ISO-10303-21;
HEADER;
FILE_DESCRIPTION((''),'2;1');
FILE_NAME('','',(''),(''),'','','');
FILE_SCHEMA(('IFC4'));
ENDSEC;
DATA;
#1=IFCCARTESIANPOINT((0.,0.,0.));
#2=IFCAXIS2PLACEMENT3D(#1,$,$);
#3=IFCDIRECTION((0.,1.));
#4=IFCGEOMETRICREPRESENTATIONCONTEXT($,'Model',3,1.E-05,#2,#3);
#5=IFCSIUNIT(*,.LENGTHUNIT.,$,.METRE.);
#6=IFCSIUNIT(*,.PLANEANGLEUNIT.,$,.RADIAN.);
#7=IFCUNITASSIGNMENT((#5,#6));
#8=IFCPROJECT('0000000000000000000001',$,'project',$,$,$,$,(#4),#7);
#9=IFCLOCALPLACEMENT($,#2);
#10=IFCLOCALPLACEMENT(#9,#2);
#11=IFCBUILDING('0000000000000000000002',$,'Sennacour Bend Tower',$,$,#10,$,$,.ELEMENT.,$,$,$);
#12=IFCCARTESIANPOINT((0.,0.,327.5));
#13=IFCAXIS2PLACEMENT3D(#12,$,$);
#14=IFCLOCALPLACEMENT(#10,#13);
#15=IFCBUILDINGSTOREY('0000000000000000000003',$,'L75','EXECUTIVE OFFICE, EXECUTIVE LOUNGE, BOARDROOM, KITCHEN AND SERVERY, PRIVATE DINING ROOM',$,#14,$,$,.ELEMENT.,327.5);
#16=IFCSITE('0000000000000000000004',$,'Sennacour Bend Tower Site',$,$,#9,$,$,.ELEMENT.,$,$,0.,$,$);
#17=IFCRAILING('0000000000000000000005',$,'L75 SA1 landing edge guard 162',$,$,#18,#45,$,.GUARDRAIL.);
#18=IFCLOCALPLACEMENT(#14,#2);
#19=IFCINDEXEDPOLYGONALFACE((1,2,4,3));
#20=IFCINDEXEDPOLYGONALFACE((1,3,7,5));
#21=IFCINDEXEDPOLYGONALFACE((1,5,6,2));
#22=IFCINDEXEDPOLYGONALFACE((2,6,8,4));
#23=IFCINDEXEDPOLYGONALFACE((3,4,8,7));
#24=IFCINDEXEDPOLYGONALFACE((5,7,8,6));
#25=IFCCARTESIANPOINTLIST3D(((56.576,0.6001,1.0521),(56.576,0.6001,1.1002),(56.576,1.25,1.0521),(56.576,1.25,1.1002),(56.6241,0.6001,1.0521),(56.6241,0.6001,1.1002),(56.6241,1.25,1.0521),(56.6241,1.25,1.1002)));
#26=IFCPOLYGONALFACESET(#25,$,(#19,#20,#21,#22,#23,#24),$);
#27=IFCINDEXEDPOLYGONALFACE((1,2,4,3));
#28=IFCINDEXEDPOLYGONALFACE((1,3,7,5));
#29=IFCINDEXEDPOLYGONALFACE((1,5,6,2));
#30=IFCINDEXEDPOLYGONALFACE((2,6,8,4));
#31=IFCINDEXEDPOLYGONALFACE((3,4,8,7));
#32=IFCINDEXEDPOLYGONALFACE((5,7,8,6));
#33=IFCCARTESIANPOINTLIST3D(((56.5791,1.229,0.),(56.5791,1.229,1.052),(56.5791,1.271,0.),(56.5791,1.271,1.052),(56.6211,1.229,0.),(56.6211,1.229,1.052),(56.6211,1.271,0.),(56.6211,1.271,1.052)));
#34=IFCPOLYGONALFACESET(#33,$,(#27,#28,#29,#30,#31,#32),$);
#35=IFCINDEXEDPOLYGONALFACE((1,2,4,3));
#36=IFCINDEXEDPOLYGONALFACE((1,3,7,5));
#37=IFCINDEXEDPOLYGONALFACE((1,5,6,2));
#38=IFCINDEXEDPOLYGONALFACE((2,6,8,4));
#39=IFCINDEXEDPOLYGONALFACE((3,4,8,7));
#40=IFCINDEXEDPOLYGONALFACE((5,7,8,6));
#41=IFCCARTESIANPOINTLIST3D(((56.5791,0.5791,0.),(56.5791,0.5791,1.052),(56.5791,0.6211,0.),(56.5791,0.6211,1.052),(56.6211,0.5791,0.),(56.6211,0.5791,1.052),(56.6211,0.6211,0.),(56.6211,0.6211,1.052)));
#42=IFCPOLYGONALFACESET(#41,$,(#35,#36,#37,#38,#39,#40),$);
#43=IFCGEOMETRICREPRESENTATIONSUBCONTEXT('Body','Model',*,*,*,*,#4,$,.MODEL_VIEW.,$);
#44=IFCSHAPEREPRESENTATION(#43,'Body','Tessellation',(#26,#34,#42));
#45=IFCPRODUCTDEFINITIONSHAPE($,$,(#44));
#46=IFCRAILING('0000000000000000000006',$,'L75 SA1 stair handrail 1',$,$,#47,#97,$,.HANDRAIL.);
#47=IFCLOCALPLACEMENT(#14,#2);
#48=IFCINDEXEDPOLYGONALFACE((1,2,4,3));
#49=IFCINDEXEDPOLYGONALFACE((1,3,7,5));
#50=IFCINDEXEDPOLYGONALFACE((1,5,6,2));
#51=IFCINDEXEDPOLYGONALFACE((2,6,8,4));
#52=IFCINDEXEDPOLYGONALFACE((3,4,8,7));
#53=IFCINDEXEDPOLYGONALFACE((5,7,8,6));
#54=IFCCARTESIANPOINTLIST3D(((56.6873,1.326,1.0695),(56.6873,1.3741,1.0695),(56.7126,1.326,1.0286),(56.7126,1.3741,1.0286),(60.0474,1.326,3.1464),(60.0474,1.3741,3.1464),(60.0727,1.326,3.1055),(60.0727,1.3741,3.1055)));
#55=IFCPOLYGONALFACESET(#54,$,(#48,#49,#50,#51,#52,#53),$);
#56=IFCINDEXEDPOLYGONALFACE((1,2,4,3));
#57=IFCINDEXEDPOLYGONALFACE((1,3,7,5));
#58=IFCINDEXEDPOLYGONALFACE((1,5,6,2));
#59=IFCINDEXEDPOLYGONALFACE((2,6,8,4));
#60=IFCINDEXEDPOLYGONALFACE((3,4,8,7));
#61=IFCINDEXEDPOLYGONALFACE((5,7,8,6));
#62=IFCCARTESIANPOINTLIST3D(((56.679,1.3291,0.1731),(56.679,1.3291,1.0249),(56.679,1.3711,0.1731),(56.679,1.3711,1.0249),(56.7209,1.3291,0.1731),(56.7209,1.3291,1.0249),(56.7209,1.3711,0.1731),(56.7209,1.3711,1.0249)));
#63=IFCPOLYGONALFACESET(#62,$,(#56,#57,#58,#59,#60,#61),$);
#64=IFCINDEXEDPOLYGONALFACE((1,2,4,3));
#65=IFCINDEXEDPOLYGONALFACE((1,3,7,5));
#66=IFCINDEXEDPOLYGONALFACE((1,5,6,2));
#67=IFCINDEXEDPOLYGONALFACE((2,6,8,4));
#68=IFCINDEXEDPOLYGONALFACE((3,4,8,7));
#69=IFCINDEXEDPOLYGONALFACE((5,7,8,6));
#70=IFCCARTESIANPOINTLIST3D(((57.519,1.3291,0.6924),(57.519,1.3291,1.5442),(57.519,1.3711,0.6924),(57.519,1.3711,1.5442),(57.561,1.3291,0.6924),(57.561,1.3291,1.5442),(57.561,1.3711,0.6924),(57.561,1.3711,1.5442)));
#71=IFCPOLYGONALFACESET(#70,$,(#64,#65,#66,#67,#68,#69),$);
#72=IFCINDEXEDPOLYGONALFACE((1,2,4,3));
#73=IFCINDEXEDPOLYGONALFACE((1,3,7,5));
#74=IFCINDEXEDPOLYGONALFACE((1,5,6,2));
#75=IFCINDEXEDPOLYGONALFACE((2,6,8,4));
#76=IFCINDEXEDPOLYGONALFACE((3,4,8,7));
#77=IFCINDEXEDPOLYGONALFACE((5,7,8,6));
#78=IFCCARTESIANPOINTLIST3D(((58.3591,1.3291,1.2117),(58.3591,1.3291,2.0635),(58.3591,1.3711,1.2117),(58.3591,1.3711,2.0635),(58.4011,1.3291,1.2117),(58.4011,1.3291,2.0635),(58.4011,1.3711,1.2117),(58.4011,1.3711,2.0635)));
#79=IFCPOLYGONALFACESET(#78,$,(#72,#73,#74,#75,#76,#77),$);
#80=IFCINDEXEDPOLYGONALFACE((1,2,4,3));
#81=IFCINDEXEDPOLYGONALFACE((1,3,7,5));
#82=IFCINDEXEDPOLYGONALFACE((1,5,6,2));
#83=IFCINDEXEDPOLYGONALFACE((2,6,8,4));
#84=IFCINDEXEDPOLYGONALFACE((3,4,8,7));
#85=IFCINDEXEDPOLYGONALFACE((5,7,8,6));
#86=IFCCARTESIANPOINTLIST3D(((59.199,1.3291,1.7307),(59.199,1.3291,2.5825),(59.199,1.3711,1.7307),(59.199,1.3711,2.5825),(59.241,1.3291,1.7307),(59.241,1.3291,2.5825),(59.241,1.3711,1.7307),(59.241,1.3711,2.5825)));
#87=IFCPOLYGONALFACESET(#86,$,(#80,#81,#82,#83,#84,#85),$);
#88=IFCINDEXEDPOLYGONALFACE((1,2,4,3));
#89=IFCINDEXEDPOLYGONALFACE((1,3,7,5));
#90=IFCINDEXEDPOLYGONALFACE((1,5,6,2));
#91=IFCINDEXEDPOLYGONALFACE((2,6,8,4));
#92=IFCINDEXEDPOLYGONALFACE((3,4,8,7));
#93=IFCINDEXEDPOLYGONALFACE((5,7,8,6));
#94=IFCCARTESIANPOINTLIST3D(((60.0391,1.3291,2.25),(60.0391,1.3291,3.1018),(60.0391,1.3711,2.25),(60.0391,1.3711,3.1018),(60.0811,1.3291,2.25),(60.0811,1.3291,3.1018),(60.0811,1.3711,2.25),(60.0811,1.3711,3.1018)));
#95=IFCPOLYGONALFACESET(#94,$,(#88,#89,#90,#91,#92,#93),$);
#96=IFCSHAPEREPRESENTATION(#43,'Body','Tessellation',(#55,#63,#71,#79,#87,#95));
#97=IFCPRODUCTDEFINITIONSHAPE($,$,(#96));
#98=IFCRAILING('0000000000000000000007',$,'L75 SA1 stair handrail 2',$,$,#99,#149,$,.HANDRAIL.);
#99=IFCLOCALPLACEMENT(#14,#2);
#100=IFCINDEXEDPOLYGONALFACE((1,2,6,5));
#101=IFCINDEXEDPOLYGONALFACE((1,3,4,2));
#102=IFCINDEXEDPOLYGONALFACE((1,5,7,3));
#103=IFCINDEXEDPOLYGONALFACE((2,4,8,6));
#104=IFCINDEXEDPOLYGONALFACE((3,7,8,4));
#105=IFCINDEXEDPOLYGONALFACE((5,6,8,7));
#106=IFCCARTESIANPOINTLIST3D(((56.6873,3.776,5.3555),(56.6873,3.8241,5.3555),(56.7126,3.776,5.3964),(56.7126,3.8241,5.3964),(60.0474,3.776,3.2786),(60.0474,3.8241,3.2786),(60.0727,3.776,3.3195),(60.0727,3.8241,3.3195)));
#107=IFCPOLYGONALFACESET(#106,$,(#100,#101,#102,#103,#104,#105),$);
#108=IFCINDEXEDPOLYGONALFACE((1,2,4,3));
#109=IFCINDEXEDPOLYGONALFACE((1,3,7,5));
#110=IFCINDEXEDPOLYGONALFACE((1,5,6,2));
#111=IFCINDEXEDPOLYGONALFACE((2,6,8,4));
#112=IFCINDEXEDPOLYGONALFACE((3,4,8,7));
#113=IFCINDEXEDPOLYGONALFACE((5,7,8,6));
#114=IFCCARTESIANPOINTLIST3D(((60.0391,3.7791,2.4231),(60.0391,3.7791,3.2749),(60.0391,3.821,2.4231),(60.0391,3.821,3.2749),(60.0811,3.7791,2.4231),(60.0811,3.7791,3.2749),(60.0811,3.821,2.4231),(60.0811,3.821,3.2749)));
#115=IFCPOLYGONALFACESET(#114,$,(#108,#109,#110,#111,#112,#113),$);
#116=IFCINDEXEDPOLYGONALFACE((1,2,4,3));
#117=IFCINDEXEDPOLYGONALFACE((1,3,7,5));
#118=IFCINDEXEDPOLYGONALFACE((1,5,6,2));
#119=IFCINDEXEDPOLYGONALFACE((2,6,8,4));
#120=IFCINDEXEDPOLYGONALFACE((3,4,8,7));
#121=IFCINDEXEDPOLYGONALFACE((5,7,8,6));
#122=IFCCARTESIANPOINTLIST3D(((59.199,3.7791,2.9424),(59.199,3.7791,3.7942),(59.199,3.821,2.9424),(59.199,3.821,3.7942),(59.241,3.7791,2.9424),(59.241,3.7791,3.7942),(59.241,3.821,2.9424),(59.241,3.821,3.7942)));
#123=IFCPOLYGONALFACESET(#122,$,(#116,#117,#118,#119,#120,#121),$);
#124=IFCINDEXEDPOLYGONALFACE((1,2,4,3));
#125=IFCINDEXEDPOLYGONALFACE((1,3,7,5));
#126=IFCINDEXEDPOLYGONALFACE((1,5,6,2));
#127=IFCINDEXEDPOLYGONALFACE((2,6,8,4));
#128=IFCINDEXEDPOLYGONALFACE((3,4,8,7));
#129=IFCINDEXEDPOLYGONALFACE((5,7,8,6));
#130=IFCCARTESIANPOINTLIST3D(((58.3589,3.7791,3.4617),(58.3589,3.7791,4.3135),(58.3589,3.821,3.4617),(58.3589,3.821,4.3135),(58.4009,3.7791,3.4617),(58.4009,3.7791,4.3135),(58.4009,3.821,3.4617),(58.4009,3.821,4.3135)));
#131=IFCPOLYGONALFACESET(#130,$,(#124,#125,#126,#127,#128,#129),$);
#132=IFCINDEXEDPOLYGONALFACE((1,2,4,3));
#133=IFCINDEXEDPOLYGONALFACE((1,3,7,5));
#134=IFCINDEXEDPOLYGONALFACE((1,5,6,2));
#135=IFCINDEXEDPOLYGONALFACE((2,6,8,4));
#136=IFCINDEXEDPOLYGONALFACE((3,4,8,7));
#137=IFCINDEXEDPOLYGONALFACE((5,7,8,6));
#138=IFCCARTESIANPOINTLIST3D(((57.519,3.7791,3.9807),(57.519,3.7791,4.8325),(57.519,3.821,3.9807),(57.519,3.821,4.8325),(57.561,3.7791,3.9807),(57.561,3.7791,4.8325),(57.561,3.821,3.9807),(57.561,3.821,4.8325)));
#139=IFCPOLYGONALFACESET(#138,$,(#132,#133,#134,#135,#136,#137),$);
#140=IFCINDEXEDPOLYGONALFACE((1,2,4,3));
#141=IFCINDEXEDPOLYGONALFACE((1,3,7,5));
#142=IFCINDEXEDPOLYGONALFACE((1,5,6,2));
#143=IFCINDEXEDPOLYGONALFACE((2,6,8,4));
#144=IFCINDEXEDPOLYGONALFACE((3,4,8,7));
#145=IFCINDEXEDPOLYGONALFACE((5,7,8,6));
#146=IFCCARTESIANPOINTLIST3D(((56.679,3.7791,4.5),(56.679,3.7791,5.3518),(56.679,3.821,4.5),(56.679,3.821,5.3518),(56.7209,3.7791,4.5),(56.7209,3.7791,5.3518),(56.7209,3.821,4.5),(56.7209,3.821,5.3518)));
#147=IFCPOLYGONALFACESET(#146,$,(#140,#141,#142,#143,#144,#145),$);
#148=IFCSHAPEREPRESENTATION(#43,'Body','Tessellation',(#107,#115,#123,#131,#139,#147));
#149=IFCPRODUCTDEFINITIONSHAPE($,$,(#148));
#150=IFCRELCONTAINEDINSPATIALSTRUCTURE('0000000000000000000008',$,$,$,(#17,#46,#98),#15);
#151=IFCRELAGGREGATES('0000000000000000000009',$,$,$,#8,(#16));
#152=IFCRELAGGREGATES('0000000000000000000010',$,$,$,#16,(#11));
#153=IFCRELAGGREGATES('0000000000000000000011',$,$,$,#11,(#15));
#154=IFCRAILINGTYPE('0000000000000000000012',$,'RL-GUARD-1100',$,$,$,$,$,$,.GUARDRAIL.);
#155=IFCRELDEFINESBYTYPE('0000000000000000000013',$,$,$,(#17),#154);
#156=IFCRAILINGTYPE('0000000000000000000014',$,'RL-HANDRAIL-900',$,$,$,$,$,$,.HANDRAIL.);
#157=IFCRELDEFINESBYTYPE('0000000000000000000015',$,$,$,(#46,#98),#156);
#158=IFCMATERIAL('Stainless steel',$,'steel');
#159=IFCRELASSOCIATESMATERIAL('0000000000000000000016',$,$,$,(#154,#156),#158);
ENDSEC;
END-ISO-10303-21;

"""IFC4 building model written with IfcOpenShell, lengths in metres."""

from ifc_helpers import new_model, si_unit, direction, frame, origin, origin_2d, place, context, subcontext, project, spatial, rectangle, extrude, material, type_object, element, save


model = new_model("IFC4")

# Units and contexts
model_context = context("Model", 3, precision=1e-05, world=origin(), true_north=direction((0.0, 1.0)))
body_context = subcontext(model_context, "Body", "Model", "MODEL_VIEW")
ifc_project = project(units=[si_unit("LENGTHUNIT", "METRE"), si_unit("PLANEANGLEUNIT", "RADIAN")], contexts=[model_context])

# Site, building, storey
site_placement = place(None, origin())
site = spatial("IfcSite", under=ifc_project, at=site_placement, Name="Sennacour Bend Tower Site", CompositionType="ELEMENT", RefElevation=0.0)
building_placement = place(site_placement, origin())
building = spatial("IfcBuilding", under=site, at=building_placement, Name="Sennacour Bend Tower", CompositionType="ELEMENT")
storey_placement = place(building_placement, frame((0.0, 0.0, 327.5)))
storey = spatial("IfcBuildingStorey", under=building, at=storey_placement, Name="L75", Description="EXECUTIVE OFFICE, EXECUTIVE LOUNGE, BOARDROOM, KITCHEN AND SERVERY, PRIVATE DINING ROOM", CompositionType="ELEMENT", Elevation=327.5)

# Shared definitions
ifc_material_1 = material(Name="Stainless steel", Category="steel")

# Railings
railing_type_1 = type_object("IfcRailingType", Name="RL-GUARD-1100", PredefinedType="GUARDRAIL", material=ifc_material_1)
railing_1_placement = place(storey_placement, frame((56.6001, 1.25, 0.0)))
element("IfcRailing", 1, at=railing_1_placement, inside=storey, type_object=railing_type_1, Name="L75 SA1 landing edge guard 162", PredefinedType="GUARDRAIL", context=body_context, shape_type="SweptSolid", body=[
    extrude(rectangle(XDim=0.0481, YDim=0.0481, at=origin_2d()), frame((0.0, 0.0, 1.0762), z_axis=(0.0, -1.0, 0.0), x_axis=(1.0, 0.0, 0.0)), (0.0, 0.0, 1.0), 0.6499),
    extrude(rectangle(XDim=0.042, YDim=0.042, at=origin_2d()), origin(), (0.0, 0.0, 1.0), 1.052),
    extrude(rectangle(XDim=0.042, YDim=0.042, at=origin_2d()), frame((0.0, -0.6499, 0.0)), (0.0, 0.0, 1.0), 1.052),
])
railing_type_2 = type_object("IfcRailingType", Name="RL-HANDRAIL-900", PredefinedType="HANDRAIL", material=ifc_material_1)
railing_2_placement = place(storey_placement, frame((56.7, 1.3501, 0.1731)))
element("IfcRailing", 2, at=railing_2_placement, inside=storey, type_object=railing_type_2, Name="L75 SA1 stair handrail 1", PredefinedType="HANDRAIL", context=body_context, shape_type="SweptSolid", body=[
    extrude(rectangle(XDim=0.0481, YDim=0.0481, at=origin_2d()), frame((0.0, 0.0, 0.876), z_axis=(0.850623, 0.0, 0.525776), x_axis=(0.0, 1.0, 0.0)), (0.0, 0.0, 1.0), 3.9502),
    extrude(rectangle(XDim=0.042, YDim=0.042, at=origin_2d()), origin(), (0.0, 0.0, 1.0), 0.8518),
    extrude(rectangle(XDim=0.042, YDim=0.042, at=origin_2d()), frame((0.8401, 0.0, 0.5193)), (0.0, 0.0, 1.0), 0.8518),
    extrude(rectangle(XDim=0.042, YDim=0.042, at=origin_2d()), frame((1.6802, 0.0, 1.0386)), (0.0, 0.0, 1.0), 0.8518),
    extrude(rectangle(XDim=0.042, YDim=0.042, at=origin_2d()), frame((2.52, 0.0, 1.5576)), (0.0, 0.0, 1.0), 0.8518),
    extrude(rectangle(XDim=0.042, YDim=0.042, at=origin_2d()), frame((3.3601, 0.0, 2.0769)), (0.0, 0.0, 1.0), 0.8518),
])
railing_3_placement = place(storey_placement, frame((60.0601, 3.8, 2.4231)))
element("IfcRailing", 3, at=railing_3_placement, inside=storey, type_object=railing_type_2, Name="L75 SA1 stair handrail 2", PredefinedType="HANDRAIL", context=body_context, shape_type="SweptSolid", body=[
    extrude(rectangle(XDim=0.0481, YDim=0.0481, at=origin_2d()), frame((0.0, 0.0, 0.876), z_axis=(-0.850623, 0.0, 0.525776), x_axis=(0.0, -1.0, 0.0)), (0.0, 0.0, 1.0), 3.9502),
    extrude(rectangle(XDim=0.042, YDim=0.042, at=origin_2d()), origin(), (0.0, 0.0, 1.0), 0.8518),
    extrude(rectangle(XDim=0.042, YDim=0.042, at=origin_2d()), frame((-0.8401, 0.0, 0.5193)), (0.0, 0.0, 1.0), 0.8518),
    extrude(rectangle(XDim=0.042, YDim=0.042, at=origin_2d()), frame((-1.6802, 0.0, 1.0386)), (0.0, 0.0, 1.0), 0.8518),
    extrude(rectangle(XDim=0.042, YDim=0.042, at=origin_2d()), frame((-2.52, 0.0, 1.5576)), (0.0, 0.0, 1.0), 0.8518),
    extrude(rectangle(XDim=0.042, YDim=0.042, at=origin_2d()), frame((-3.3601, 0.0, 2.0769)), (0.0, 0.0, 1.0), 0.8518),
])

save(model, "model.ifc")
